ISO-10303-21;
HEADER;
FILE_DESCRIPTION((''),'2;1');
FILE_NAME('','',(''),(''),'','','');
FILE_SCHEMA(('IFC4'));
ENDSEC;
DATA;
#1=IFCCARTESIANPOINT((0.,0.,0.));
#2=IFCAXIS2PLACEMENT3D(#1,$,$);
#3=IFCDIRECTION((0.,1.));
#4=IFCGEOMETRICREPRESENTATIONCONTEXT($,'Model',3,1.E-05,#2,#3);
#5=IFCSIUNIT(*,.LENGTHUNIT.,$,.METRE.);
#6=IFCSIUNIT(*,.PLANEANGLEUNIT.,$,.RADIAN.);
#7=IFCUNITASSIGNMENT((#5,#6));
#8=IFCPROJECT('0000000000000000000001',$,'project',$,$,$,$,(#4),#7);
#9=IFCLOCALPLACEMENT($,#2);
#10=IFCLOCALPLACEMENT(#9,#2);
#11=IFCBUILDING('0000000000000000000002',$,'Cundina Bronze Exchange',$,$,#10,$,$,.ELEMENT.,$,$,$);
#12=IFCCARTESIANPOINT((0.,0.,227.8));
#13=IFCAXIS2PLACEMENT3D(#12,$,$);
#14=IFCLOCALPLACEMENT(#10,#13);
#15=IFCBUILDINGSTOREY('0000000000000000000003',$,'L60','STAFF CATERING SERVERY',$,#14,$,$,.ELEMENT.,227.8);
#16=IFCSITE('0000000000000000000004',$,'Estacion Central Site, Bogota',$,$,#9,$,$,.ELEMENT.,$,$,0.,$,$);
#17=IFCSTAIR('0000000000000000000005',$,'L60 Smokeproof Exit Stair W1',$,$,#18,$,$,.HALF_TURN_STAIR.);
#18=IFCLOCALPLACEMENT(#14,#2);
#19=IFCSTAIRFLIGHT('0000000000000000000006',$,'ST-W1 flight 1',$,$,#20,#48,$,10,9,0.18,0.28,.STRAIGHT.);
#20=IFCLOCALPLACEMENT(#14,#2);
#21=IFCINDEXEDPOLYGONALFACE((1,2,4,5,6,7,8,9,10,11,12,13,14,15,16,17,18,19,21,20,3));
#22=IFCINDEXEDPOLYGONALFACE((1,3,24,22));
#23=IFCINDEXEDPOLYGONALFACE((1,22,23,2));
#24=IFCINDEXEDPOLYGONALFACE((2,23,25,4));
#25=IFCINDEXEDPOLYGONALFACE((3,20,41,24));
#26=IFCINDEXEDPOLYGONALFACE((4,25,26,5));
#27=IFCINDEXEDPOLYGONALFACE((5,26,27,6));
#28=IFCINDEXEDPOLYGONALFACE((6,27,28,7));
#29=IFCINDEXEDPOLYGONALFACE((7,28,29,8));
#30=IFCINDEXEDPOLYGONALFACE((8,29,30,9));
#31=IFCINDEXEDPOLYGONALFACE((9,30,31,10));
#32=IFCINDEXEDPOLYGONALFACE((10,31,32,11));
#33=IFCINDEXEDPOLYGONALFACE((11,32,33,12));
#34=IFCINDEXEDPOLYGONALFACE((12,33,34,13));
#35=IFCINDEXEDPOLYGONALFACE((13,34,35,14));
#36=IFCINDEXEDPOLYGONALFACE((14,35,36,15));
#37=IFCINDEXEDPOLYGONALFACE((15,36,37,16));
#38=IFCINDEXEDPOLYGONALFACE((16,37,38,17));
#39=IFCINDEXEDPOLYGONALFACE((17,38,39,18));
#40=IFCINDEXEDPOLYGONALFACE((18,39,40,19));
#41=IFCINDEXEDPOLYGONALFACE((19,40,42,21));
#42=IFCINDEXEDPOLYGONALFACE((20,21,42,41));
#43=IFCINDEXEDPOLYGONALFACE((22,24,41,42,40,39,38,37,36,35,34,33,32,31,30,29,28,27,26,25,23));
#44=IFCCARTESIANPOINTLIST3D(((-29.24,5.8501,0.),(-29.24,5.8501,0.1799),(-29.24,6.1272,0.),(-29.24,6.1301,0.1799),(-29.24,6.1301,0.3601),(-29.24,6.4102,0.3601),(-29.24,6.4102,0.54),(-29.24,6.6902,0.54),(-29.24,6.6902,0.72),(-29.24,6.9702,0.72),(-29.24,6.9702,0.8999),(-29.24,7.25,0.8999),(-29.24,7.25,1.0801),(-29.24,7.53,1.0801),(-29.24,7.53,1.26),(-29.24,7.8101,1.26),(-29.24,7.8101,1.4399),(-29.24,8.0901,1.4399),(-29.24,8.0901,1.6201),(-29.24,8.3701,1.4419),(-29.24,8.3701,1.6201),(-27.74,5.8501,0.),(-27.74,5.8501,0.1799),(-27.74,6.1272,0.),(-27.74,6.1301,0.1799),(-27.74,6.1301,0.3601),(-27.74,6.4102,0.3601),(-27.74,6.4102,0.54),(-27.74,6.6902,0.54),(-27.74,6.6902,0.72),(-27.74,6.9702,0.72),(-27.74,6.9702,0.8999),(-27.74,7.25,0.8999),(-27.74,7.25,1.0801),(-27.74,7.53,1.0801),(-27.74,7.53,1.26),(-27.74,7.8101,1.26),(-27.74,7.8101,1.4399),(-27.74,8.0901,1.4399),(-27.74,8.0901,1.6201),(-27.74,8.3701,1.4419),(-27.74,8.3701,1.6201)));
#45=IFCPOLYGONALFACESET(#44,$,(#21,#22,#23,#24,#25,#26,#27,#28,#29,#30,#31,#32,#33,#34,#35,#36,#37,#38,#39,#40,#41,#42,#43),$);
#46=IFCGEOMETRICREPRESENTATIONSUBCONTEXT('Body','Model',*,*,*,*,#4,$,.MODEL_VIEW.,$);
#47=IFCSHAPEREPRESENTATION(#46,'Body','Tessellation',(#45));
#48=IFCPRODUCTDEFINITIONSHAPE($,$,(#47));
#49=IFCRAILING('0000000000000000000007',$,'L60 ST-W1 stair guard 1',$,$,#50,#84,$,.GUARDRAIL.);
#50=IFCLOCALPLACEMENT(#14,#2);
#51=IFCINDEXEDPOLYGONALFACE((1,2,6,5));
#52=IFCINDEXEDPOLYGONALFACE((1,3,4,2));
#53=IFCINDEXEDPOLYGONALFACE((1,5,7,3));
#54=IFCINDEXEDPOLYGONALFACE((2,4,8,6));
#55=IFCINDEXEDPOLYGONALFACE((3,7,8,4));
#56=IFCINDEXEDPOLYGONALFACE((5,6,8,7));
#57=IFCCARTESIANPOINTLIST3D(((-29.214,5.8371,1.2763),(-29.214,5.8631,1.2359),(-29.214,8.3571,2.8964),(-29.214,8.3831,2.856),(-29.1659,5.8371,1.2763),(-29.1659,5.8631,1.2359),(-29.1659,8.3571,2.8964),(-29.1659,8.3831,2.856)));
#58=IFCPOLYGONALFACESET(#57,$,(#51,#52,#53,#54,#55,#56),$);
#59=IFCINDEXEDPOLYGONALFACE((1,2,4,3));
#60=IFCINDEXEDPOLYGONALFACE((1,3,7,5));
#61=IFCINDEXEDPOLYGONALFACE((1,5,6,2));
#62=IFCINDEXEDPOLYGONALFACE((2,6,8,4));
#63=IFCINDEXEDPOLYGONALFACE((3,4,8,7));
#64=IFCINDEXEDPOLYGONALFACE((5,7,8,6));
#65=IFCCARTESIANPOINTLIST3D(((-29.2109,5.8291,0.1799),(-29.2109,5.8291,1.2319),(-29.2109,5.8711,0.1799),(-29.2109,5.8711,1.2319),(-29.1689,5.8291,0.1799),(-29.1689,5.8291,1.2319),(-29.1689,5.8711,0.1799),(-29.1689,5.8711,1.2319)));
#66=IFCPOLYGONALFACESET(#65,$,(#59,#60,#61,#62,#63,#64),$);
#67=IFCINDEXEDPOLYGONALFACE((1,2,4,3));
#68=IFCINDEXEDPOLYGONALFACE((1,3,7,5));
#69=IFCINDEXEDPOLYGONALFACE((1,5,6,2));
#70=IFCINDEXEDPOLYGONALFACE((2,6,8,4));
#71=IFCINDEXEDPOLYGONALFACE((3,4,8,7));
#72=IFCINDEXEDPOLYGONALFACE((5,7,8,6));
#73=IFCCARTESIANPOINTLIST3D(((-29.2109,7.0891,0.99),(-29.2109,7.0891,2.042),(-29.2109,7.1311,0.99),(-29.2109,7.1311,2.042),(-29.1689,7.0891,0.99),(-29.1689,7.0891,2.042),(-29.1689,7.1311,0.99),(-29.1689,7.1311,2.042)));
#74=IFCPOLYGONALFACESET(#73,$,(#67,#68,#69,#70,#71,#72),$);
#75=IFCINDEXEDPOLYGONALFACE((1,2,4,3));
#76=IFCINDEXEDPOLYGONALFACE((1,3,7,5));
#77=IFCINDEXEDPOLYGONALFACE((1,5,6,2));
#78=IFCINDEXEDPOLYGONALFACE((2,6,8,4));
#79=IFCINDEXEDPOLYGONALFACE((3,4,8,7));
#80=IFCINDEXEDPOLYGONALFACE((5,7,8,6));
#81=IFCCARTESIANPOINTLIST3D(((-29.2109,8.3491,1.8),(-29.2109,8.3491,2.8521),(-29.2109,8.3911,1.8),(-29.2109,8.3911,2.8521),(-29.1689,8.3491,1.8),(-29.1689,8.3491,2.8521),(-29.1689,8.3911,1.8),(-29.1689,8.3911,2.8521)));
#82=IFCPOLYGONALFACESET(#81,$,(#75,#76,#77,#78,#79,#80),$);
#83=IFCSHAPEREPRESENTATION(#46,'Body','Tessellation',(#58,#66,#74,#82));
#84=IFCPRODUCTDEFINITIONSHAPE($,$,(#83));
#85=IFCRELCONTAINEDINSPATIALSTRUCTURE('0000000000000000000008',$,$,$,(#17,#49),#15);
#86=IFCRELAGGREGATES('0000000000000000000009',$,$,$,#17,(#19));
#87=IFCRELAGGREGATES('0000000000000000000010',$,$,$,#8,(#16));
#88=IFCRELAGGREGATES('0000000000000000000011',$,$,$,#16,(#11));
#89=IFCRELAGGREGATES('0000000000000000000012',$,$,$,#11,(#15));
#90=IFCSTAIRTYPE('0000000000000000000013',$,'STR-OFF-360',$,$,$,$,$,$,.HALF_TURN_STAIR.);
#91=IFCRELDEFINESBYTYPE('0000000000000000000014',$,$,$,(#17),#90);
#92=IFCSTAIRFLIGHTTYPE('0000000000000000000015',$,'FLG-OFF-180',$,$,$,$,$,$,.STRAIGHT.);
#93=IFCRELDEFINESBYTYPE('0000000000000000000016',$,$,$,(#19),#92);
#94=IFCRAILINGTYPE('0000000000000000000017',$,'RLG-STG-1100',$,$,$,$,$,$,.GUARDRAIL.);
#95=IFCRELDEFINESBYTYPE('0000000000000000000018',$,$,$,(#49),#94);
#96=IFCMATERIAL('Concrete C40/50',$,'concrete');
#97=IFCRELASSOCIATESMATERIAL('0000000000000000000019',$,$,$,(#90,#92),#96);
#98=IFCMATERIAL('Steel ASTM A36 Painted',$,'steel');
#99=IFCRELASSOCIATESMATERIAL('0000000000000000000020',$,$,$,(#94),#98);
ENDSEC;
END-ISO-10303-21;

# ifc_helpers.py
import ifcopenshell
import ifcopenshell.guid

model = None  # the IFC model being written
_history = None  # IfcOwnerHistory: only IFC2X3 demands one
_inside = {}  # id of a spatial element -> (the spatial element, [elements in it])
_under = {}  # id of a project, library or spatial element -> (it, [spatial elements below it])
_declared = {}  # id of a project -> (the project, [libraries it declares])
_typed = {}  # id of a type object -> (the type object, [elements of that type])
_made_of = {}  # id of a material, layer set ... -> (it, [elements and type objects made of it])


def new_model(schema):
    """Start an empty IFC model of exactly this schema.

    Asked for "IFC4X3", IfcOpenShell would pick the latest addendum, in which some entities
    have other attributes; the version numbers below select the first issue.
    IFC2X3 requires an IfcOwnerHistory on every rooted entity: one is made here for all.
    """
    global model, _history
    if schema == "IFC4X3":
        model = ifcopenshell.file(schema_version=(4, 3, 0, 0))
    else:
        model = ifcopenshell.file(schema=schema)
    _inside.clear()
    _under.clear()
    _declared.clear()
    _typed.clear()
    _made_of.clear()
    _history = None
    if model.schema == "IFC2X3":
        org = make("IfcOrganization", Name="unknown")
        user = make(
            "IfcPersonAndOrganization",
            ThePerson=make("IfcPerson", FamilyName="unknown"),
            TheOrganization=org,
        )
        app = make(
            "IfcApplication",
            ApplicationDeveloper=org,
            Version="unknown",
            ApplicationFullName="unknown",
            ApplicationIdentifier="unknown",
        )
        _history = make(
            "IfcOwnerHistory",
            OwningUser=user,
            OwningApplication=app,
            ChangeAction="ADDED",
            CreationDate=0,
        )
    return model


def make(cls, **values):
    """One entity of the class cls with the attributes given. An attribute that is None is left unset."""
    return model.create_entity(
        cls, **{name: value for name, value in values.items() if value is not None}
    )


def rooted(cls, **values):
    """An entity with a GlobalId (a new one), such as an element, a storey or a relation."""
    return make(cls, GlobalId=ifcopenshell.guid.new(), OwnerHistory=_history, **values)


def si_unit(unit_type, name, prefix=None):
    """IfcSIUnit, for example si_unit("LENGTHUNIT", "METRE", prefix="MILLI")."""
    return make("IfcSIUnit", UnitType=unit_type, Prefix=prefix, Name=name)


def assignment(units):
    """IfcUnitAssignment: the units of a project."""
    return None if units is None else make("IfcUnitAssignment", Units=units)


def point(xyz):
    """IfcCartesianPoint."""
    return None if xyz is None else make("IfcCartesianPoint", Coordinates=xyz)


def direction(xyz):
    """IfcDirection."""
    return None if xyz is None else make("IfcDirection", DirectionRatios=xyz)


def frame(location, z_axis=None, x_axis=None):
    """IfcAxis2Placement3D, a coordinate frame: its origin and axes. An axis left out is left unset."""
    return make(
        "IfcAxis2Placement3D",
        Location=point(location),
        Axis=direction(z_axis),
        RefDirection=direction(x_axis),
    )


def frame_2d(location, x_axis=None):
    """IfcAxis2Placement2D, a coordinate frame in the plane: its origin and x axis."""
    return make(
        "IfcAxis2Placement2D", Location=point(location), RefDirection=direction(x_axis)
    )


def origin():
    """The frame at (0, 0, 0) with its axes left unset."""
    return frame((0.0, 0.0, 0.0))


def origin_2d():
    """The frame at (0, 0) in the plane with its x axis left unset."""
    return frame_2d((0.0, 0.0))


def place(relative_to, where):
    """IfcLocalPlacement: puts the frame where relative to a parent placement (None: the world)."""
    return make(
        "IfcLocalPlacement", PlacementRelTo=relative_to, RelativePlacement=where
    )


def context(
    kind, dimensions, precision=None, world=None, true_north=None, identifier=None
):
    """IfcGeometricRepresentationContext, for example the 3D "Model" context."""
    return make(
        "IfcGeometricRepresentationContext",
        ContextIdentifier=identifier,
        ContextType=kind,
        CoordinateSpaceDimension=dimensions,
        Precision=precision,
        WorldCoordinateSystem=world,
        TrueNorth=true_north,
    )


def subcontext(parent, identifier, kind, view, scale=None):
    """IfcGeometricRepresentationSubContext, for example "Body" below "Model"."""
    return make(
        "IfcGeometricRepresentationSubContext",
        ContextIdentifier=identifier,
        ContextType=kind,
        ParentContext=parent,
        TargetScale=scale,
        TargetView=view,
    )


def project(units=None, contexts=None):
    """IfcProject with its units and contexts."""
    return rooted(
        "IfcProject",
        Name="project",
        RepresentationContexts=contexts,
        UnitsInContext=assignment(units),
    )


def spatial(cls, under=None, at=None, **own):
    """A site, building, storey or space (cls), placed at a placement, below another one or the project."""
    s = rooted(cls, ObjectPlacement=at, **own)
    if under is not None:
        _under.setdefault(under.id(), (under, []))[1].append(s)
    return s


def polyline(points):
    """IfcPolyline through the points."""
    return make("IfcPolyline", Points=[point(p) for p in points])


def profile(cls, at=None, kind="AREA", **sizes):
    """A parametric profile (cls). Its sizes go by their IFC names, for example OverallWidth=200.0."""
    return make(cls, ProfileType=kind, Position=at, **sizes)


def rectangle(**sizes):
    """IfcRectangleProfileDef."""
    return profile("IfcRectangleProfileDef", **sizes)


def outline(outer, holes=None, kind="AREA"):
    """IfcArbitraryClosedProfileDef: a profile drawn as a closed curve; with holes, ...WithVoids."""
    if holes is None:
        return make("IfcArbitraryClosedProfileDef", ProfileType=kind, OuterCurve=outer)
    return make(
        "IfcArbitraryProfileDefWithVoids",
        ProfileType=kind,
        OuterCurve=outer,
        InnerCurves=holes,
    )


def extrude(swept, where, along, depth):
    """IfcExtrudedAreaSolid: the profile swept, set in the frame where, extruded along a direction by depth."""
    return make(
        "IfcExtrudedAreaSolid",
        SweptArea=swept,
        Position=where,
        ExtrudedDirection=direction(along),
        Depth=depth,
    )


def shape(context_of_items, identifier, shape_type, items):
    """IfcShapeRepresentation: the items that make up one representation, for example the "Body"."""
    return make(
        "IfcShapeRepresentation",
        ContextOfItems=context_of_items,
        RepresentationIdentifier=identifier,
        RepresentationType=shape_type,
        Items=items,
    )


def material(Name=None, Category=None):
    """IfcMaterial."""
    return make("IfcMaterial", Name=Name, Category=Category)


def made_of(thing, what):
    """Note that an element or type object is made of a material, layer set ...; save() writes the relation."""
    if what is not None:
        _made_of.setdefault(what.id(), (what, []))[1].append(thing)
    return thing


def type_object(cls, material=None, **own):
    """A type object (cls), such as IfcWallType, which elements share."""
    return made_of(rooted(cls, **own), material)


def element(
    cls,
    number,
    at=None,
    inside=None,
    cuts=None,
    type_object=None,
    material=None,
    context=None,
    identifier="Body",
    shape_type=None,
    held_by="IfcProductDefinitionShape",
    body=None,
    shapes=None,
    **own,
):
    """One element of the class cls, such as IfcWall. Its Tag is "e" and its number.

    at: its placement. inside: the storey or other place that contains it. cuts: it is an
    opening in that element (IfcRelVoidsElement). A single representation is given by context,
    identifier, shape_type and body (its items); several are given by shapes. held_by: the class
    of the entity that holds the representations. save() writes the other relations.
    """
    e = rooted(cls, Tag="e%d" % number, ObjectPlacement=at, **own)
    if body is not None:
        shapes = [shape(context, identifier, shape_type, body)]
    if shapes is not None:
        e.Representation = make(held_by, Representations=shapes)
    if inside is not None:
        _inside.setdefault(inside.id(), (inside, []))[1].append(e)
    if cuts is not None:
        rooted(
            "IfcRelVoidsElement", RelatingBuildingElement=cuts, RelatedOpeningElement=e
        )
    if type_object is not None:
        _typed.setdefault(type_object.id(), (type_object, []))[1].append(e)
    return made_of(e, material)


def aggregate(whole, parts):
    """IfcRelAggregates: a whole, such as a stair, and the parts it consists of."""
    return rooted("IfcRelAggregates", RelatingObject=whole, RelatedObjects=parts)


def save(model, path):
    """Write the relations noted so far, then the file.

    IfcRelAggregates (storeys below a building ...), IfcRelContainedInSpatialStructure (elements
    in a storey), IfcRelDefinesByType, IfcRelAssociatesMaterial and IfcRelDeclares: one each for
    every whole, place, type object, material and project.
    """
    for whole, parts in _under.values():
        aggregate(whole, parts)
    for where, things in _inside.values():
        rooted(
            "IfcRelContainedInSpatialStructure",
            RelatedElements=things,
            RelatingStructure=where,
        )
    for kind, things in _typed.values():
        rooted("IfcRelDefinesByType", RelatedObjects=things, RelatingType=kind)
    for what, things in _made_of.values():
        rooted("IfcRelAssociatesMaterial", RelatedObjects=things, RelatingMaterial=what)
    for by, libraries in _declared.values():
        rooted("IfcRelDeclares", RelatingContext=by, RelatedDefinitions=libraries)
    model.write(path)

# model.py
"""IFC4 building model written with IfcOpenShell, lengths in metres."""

from ifc_helpers import new_model, si_unit, direction, frame, origin, origin_2d, place, context, subcontext, project, spatial, polyline, rectangle, outline, extrude, material, type_object, element, aggregate, save


model = new_model("IFC4")

# Units and contexts
model_context = context("Model", 3, precision=1e-05, world=origin(), true_north=direction((0.0, 1.0)))
body_context = subcontext(model_context, "Body", "Model", "MODEL_VIEW")
ifc_project = project(units=[si_unit("LENGTHUNIT", "METRE"), si_unit("PLANEANGLEUNIT", "RADIAN")], contexts=[model_context])

# Site, building, storey
site_placement = place(None, origin())
site = spatial("IfcSite", under=ifc_project, at=site_placement, Name="Estacion Central Site, Bogota", CompositionType="ELEMENT", RefElevation=0.0)
building_placement = place(site_placement, origin())
building = spatial("IfcBuilding", under=site, at=building_placement, Name="Cundina Bronze Exchange", CompositionType="ELEMENT")
storey_placement = place(building_placement, frame((0.0, 0.0, 227.8)))
storey = spatial("IfcBuildingStorey", under=building, at=storey_placement, Name="L60", Description="STAFF CATERING SERVERY", CompositionType="ELEMENT", Elevation=227.8)

# Shared definitions
ifc_material_1 = material(Name="Steel ASTM A36 Painted", Category="steel")

# Stair, stair flight
ifc_material_2 = material(Name="Concrete C40/50", Category="concrete")
stair_type = type_object("IfcStairType", Name="STR-OFF-360", PredefinedType="HALF_TURN_STAIR", material=ifc_material_2)
stair_placement = place(storey_placement, origin())
stair = element("IfcStair", 1, at=stair_placement, inside=storey, type_object=stair_type, Name="L60 Smokeproof Exit Stair W1", PredefinedType="HALF_TURN_STAIR")
stair_flight_type = type_object("IfcStairFlightType", Name="FLG-OFF-180", PredefinedType="STRAIGHT", material=ifc_material_2)
stair_flight_placement = place(storey_placement, frame((-28.49, 5.8501, 0.0), z_axis=(0.0, 0.0, 1.0), x_axis=(0.0, 1.0, 0.0)))
stair_flight = element("IfcStairFlight", 2, at=stair_flight_placement, type_object=stair_flight_type, Name="ST-W1 flight 1", NumberOfRisers=10, NumberOfTreads=9, PredefinedType="STRAIGHT", RiserHeight=0.18, TreadLength=0.28, context=body_context, shape_type="SweptSolid", body=[
    extrude(outline(polyline([(0.0, 0.0), (0.0, 0.1799), (0.28, 0.1799), (0.28, 0.3601), (0.5601, 0.3601), (0.5601, 0.54), (0.8401, 0.54), (0.8401, 0.72), (1.1201, 0.72), (1.1201, 0.8999), (1.3999, 0.8999), (1.3999, 1.0801), (1.6799, 1.0801), (1.6799, 1.26), (1.96, 1.26), (1.96, 1.4399), (2.24, 1.4399), (2.24, 1.6201), (2.52, 1.6201), (2.52, 1.8), (2.52, 1.4419), (0.2771, 0.0), (0.0, 0.0)])), frame((0.0, 0.75, 0.0), z_axis=(0.0, -1.0, 0.0), x_axis=(1.0, 0.0, 0.0)), (0.0, 0.0, 1.0), 1.5),
])
aggregate(stair, [stair_flight])

# Railing
railing_type = type_object("IfcRailingType", Name="RLG-STG-1100", PredefinedType="GUARDRAIL", material=ifc_material_1)
railing_placement = place(storey_placement, frame((-29.1899, 5.8501, 0.1799)))
element("IfcRailing", 3, at=railing_placement, inside=storey, type_object=railing_type, Name="L60 ST-W1 stair guard 1", PredefinedType="GUARDRAIL", context=body_context, shape_type="SweptSolid", body=[
    extrude(rectangle(XDim=0.0481, YDim=0.0481, at=origin_2d()), frame((0.0, 0.0, 1.0762), z_axis=(0.0, 0.841163, 0.540782), x_axis=(-1.0, 0.0, 0.0)), (0.0, 0.0, 1.0), 2.9958),
    extrude(rectangle(XDim=0.042, YDim=0.042, at=origin_2d()), origin(), (0.0, 0.0, 1.0), 1.052),
    extrude(rectangle(XDim=0.042, YDim=0.042, at=origin_2d()), frame((0.0, 1.26, 0.8101)), (0.0, 0.0, 1.0), 1.052),
    extrude(rectangle(XDim=0.042, YDim=0.042, at=origin_2d()), frame((0.0, 2.52, 1.6201)), (0.0, 0.0, 1.0), 1.052),
])

save(model, "model.ifc")
